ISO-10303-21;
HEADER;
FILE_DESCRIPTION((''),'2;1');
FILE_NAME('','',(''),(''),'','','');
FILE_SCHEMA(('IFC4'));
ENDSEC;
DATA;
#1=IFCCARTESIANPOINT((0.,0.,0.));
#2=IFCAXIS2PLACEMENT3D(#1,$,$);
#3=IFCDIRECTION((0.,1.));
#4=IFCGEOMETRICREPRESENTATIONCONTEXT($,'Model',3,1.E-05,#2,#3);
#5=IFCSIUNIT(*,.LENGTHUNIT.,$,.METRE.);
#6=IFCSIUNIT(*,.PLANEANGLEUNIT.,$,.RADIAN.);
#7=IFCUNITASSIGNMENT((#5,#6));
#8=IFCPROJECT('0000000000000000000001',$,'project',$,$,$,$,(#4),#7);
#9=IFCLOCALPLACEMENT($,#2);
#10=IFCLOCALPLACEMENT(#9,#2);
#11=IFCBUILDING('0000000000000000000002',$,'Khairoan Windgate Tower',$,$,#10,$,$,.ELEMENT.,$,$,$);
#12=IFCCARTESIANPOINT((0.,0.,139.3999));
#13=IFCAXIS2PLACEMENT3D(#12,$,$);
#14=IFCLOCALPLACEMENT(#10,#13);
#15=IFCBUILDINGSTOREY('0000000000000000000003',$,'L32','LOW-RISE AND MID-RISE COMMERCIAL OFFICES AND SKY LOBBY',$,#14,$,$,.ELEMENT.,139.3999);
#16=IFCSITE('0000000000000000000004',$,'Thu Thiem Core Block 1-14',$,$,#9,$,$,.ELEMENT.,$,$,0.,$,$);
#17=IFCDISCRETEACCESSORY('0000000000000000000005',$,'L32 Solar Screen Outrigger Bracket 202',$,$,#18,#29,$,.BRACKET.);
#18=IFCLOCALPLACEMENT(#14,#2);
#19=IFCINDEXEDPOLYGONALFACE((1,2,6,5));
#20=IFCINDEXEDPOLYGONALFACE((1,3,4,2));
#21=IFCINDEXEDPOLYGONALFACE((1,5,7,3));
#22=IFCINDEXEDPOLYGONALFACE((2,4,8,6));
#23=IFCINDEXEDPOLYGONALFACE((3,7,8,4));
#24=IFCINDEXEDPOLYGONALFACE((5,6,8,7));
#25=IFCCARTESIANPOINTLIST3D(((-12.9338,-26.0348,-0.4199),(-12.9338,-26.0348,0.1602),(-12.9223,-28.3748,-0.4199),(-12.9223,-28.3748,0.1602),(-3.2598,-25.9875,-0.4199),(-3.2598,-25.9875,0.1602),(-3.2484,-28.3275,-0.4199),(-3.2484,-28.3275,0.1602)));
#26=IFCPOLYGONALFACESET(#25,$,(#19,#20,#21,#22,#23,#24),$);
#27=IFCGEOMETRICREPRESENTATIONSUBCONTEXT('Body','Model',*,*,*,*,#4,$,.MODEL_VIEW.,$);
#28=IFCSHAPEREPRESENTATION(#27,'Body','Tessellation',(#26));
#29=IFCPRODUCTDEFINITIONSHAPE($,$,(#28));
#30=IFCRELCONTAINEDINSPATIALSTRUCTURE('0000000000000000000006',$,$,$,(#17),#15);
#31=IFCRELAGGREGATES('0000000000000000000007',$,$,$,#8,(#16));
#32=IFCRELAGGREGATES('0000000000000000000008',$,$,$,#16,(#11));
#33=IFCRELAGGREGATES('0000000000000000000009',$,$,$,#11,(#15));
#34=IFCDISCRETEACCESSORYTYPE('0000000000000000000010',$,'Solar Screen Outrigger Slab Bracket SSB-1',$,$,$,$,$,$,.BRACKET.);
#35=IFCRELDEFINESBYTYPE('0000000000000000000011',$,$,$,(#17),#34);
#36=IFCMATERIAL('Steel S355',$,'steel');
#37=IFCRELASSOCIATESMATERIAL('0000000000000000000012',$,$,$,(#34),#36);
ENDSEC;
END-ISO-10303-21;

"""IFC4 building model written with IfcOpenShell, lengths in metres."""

from ifc_helpers import new_model, si_unit, direction, frame, origin, origin_2d, place, context, subcontext, project, spatial, rectangle, extrude, material, type_object, element, save


model = new_model("IFC4")

# Units and contexts
model_context = context("Model", 3, precision=1e-05, world=origin(), true_north=direction((0.0, 1.0)))
body_context = subcontext(model_context, "Body", "Model", "MODEL_VIEW")
ifc_project = project(units=[si_unit("LENGTHUNIT", "METRE"), si_unit("PLANEANGLEUNIT", "RADIAN")], contexts=[model_context])

# Site, building, storey
site_placement = place(None, origin())
site = spatial("IfcSite", under=ifc_project, at=site_placement, Name="Thu Thiem Core Block 1-14", CompositionType="ELEMENT", RefElevation=0.0)
building_placement = place(site_placement, origin())
building = spatial("IfcBuilding", under=site, at=building_placement, Name="Khairoan Windgate Tower", CompositionType="ELEMENT")
storey_placement = place(building_placement, frame((0.0, 0.0, 139.3999)))
storey = spatial("IfcBuildingStorey", under=building, at=storey_placement, Name="L32", Description="LOW-RISE AND MID-RISE COMMERCIAL OFFICES AND SKY LOBBY", CompositionType="ELEMENT", Elevation=139.3999)

# Discrete accessory
ifc_material_1 = material(Name="Steel S355", Category="steel")
discrete_accessory_type = type_object("IfcDiscreteAccessoryType", Name="Solar Screen Outrigger Slab Bracket SSB-1", PredefinedType="BRACKET", material=ifc_material_1)
discrete_accessory_placement = place(storey_placement, frame((-8.0911, -27.1812, -0.4199), z_axis=(0.0, 0.0, 1.0), x_axis=(-0.999988, -0.004887, 0.0)))
element("IfcDiscreteAccessory", 1, at=discrete_accessory_placement, inside=storey, type_object=discrete_accessory_type, Name="L32 Solar Screen Outrigger Bracket 202", PredefinedType="BRACKET", context=body_context, shape_type="SweptSolid", body=[
    extrude(rectangle(XDim=9.6741, YDim=2.3401, at=origin_2d()), origin(), (0.0, 0.0, 1.0), 0.5801),
])

save(model, "model.ifc")
